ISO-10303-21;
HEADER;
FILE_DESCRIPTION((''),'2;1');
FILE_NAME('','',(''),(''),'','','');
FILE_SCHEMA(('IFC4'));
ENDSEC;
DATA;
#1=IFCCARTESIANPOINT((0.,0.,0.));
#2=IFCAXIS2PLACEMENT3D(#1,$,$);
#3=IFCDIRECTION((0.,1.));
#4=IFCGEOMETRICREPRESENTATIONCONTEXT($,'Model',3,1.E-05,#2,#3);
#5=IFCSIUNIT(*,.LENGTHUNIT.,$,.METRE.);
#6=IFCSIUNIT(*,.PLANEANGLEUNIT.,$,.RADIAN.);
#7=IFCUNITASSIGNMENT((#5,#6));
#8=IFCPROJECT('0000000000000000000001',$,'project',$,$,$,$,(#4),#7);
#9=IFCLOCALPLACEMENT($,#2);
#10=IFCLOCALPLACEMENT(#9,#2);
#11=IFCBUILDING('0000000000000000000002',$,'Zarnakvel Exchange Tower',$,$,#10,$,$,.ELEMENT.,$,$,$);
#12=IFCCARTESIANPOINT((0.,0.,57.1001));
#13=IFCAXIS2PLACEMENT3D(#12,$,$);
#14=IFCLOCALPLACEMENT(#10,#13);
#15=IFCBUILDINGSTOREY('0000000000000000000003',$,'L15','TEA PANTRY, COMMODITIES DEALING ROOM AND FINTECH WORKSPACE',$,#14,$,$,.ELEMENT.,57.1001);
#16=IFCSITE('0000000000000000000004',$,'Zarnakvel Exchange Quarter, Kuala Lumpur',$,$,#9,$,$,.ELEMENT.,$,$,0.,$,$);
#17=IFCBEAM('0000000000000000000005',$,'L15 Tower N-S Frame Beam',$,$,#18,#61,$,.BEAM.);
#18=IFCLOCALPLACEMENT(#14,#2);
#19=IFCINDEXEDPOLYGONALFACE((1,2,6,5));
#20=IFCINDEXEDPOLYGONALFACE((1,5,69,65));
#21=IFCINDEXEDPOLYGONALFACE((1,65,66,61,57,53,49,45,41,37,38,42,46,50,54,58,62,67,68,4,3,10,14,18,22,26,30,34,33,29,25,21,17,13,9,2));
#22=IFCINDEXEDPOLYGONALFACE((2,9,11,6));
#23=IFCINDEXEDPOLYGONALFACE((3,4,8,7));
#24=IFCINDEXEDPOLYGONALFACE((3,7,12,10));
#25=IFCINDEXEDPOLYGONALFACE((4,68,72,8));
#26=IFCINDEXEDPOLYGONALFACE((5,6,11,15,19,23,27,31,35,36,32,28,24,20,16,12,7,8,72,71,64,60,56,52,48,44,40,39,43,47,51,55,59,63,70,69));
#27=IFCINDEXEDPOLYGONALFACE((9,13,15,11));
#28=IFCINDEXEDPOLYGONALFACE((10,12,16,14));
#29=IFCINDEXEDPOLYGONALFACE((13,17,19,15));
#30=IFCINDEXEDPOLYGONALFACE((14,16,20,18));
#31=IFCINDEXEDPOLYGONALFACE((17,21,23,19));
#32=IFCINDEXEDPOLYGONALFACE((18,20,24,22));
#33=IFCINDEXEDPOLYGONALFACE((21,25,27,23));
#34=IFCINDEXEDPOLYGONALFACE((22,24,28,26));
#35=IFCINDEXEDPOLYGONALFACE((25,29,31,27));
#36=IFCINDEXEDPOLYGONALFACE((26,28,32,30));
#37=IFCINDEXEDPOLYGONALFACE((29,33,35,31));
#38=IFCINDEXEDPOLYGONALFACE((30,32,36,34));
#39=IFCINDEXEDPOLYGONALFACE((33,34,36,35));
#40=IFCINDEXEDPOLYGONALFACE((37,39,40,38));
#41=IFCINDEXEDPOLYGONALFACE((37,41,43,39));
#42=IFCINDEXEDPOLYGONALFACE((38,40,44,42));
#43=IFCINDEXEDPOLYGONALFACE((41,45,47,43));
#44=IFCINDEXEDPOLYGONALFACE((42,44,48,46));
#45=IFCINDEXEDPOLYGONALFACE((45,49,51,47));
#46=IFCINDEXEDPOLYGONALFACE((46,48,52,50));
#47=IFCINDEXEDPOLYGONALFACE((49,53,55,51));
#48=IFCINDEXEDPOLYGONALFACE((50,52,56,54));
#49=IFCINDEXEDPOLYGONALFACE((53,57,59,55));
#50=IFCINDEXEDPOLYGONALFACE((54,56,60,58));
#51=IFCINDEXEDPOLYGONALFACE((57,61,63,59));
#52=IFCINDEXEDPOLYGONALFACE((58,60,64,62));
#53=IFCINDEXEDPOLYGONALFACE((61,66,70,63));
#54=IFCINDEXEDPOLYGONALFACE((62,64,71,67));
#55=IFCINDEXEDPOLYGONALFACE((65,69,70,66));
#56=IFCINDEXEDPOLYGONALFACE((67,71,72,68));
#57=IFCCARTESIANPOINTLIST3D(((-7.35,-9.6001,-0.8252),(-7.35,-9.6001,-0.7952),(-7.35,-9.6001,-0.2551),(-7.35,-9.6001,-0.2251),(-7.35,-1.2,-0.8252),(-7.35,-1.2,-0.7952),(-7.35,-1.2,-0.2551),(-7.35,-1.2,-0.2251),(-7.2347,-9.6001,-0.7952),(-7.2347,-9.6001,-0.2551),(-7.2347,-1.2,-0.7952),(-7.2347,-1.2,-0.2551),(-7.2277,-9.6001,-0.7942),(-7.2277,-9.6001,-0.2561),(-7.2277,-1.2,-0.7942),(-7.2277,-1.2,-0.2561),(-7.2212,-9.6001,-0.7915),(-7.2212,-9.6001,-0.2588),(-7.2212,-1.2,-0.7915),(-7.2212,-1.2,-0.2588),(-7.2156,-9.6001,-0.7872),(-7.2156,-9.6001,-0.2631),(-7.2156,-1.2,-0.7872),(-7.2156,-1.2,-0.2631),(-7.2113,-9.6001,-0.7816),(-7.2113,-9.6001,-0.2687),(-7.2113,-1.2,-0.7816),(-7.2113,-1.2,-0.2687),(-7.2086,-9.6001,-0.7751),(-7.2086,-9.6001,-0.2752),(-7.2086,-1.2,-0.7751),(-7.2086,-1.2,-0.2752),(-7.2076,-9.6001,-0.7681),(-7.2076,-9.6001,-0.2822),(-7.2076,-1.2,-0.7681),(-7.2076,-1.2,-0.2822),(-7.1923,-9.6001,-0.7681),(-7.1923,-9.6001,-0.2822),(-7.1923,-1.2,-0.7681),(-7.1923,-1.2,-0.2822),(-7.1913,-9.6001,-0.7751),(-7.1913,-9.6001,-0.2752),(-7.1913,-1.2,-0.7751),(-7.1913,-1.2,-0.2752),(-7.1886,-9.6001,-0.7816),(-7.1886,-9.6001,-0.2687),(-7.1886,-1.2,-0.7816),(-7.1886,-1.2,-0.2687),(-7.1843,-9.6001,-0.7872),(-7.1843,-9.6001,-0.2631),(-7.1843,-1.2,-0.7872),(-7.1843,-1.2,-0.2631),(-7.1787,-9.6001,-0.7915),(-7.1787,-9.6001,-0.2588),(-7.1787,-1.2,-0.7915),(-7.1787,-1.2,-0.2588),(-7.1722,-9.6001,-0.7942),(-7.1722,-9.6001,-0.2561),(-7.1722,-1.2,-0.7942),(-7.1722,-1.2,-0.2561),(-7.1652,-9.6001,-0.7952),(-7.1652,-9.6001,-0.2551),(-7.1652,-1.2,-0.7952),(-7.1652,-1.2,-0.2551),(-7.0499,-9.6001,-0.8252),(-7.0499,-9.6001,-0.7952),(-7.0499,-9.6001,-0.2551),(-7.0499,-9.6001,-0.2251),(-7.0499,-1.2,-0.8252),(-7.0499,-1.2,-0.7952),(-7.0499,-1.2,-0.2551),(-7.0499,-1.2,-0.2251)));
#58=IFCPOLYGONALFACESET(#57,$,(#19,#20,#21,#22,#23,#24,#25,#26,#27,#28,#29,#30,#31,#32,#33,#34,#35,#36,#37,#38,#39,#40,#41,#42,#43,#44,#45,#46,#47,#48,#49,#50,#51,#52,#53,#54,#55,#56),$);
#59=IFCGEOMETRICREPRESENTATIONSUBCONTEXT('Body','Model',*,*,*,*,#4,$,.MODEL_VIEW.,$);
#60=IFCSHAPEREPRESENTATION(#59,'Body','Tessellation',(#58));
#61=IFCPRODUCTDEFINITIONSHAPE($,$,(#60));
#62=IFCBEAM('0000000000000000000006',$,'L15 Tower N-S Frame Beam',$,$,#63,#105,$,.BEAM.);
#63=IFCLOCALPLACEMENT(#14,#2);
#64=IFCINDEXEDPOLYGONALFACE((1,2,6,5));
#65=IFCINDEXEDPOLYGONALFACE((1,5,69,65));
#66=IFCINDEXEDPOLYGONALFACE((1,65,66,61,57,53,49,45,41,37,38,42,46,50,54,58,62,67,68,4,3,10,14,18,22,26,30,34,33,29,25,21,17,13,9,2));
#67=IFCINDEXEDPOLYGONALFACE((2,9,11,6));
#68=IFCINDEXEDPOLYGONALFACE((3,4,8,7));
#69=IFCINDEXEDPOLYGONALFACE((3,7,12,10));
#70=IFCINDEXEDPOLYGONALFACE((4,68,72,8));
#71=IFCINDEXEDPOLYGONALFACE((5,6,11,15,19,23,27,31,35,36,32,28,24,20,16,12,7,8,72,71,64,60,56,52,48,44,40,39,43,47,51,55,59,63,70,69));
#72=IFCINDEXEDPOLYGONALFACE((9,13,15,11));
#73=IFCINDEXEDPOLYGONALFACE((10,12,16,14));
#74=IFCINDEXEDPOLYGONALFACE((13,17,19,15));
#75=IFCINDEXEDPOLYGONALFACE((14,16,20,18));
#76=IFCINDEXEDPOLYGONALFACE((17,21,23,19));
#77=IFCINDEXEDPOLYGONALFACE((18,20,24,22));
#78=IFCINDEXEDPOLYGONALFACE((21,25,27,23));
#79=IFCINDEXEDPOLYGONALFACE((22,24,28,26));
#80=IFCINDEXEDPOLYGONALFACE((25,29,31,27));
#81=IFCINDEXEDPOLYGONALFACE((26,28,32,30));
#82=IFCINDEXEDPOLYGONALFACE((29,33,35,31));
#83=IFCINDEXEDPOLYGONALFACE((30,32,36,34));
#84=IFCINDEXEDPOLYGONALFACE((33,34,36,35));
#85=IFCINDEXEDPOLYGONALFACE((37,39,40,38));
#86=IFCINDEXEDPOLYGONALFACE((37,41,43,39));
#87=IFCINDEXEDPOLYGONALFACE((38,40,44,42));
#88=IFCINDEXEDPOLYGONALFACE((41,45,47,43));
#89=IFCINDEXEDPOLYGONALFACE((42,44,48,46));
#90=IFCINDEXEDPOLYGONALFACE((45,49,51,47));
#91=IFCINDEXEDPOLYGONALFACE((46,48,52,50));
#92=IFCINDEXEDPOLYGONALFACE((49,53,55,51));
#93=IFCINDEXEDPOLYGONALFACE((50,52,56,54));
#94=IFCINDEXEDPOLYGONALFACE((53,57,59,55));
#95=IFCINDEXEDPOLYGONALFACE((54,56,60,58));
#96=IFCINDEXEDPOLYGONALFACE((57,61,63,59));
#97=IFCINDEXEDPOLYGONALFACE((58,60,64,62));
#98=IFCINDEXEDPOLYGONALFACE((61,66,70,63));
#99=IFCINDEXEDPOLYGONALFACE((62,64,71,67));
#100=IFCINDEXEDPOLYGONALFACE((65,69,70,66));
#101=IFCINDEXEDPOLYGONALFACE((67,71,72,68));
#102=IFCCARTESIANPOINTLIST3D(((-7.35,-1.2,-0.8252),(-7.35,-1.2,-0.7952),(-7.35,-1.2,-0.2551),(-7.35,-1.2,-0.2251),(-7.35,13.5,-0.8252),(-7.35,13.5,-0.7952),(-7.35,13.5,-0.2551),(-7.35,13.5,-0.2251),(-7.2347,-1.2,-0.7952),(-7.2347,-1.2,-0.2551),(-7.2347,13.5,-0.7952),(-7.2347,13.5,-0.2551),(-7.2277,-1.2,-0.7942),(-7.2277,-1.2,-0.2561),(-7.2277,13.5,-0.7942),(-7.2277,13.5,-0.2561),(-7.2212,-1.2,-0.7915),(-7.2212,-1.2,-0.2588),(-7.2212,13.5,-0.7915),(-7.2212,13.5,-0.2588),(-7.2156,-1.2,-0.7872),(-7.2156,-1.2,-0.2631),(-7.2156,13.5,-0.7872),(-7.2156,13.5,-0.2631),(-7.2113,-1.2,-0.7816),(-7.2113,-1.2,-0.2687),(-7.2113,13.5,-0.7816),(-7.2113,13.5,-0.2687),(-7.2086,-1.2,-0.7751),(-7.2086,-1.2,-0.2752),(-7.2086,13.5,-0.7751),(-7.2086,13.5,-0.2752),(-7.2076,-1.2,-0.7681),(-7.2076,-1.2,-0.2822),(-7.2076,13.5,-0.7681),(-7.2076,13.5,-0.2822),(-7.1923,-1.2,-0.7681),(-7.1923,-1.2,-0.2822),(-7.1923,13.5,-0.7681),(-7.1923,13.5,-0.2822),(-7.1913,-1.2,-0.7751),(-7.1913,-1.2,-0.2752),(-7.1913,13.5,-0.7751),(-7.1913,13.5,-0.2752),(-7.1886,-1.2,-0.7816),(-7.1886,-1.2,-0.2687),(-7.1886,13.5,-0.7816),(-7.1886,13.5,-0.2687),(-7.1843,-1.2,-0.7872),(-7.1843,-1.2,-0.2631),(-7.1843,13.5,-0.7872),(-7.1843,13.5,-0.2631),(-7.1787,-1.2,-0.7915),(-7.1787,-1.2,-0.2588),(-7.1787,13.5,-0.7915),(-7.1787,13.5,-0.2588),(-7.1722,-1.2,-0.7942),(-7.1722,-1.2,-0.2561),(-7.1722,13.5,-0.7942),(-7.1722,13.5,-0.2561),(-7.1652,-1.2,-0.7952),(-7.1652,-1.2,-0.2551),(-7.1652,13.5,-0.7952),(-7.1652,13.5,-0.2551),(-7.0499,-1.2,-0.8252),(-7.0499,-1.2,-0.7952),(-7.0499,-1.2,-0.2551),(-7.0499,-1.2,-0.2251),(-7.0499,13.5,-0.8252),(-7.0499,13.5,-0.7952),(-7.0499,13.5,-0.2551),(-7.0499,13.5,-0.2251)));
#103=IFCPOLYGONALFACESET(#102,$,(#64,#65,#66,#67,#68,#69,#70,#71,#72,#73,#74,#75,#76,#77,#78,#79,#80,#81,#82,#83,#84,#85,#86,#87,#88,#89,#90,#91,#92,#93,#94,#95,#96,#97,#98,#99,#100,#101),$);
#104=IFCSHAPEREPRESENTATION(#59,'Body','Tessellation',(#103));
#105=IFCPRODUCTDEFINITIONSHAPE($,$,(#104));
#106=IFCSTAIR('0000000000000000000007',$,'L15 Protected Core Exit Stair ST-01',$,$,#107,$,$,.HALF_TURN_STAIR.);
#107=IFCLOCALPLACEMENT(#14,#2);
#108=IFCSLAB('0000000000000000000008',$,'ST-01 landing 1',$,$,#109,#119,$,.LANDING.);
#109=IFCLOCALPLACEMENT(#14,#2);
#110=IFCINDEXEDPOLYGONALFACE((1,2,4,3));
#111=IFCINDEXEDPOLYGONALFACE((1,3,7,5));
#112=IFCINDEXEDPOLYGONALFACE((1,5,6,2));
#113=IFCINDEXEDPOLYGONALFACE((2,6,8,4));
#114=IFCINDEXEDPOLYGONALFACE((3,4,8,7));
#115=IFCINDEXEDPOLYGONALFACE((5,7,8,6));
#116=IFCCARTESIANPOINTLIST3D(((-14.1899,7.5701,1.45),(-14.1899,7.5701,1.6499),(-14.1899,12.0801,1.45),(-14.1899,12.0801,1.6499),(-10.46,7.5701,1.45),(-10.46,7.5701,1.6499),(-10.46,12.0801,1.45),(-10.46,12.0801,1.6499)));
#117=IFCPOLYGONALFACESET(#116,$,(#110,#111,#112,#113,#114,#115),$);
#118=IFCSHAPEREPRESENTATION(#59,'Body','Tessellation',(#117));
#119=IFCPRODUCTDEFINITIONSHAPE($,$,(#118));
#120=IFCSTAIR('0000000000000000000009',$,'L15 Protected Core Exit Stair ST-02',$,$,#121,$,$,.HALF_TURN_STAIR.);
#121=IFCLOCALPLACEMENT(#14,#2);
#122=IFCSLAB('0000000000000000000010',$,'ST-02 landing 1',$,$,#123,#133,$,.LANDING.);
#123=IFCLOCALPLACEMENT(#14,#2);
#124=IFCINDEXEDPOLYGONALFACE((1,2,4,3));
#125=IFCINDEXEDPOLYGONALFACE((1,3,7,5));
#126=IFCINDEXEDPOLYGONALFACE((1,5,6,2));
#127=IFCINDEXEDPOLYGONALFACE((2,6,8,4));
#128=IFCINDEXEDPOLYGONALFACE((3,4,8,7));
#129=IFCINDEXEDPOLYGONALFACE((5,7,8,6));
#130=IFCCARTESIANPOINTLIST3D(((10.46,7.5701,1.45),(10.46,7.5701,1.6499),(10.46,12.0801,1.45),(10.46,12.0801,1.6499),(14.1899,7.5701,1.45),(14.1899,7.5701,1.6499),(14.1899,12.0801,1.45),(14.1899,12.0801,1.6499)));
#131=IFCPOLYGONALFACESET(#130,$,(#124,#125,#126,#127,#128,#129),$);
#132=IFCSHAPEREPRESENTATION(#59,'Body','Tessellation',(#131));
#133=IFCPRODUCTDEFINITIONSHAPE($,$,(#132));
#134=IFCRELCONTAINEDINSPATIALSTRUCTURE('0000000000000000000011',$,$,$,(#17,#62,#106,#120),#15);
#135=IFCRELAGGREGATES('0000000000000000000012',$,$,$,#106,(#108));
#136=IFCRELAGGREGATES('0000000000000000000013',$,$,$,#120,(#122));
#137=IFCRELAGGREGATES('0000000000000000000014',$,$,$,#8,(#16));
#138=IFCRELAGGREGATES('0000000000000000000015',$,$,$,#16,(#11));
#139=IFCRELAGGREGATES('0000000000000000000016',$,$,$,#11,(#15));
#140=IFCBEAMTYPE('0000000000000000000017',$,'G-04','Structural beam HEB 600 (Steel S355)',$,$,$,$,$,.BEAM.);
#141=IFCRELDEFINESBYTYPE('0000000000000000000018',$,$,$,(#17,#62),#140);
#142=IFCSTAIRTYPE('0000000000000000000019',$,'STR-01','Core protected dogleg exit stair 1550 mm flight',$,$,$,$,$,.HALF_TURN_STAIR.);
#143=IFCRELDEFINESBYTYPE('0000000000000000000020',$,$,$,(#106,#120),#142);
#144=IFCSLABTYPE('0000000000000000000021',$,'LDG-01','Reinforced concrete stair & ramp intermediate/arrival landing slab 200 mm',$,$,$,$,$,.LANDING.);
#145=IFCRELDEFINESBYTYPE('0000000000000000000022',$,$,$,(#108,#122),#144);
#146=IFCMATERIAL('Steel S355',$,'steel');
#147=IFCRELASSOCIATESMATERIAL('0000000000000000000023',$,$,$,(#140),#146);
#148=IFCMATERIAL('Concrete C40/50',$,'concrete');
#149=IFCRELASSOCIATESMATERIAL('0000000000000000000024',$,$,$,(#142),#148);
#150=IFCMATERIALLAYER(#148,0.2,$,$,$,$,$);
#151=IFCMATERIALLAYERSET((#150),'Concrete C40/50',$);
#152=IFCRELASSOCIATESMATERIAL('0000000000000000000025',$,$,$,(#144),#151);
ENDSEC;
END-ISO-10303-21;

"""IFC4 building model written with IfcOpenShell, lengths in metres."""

from ifc_helpers import new_model, si_unit, direction, frame, origin, origin_2d, place, context, subcontext, project, spatial, polyline, i_section, outline, extrude, material, layer, layer_set, material_profile, profile_set, type_object, element, aggregate, save


model = new_model("IFC4")

# Units and contexts
model_context = context("Model", 3, precision=1e-05, world=origin(), true_north=direction((0.0, 1.0)))
body_context = subcontext(model_context, "Body", "Model", "MODEL_VIEW")
ifc_project = project(units=[si_unit("LENGTHUNIT", "METRE"), si_unit("PLANEANGLEUNIT", "RADIAN")], contexts=[model_context])

# Site, building, storey
site_placement = place(None, origin())
site = spatial("IfcSite", under=ifc_project, at=site_placement, Name="Zarnakvel Exchange Quarter, Kuala Lumpur", CompositionType="ELEMENT", RefElevation=0.0)
building_placement = place(site_placement, origin())
building = spatial("IfcBuilding", under=site, at=building_placement, Name="Zarnakvel Exchange Tower", CompositionType="ELEMENT")
storey_placement = place(building_placement, frame((0.0, 0.0, 57.1001)))
storey = spatial("IfcBuildingStorey", under=building, at=storey_placement, Name="L15", Description="TEA PANTRY, COMMODITIES DEALING ROOM AND FINTECH WORKSPACE", CompositionType="ELEMENT", Elevation=57.1001)

# Beams
ifc_material_1 = material(Name="Steel S355", Category="steel")
ifc_material_profile_1 = material_profile(ifc_material_1, i_section(OverallWidth=0.3, OverallDepth=0.6001, WebThickness=0.0154, FlangeThickness=0.03, FilletRadius=0.0271, at=origin_2d()))
ifc_profile_set_1 = profile_set([ifc_material_profile_1], Name="Steel S355")
beam_type_1 = type_object("IfcBeamType", Name="G-04", Description="Structural beam HEB 600 (Steel S355)", PredefinedType="BEAM", material=ifc_profile_set_1)
beam_1_placement = place(storey_placement, frame((-7.2, -9.6001, -0.5251), z_axis=(0.0, 1.0, 0.0), x_axis=(-1.0, 0.0, 0.0)))
element("IfcBeam", 1, at=beam_1_placement, inside=storey, type_object=beam_type_1, Name="L15 Tower N-S Frame Beam", PredefinedType="BEAM", context=body_context, shape_type="SweptSolid", body=[
    extrude(i_section(OverallWidth=0.3, OverallDepth=0.6001, WebThickness=0.0154, FlangeThickness=0.03, FilletRadius=0.0271, at=origin_2d()), origin(), (0.0, 0.0, 1.0), 8.4001),
])
beam_2_placement = place(storey_placement, frame((-7.2, -1.2, -0.5251), z_axis=(0.0, 1.0, 0.0), x_axis=(-1.0, 0.0, 0.0)))
element("IfcBeam", 2, at=beam_2_placement, inside=storey, type_object=beam_type_1, Name="L15 Tower N-S Frame Beam", PredefinedType="BEAM", context=body_context, shape_type="SweptSolid", body=[
    extrude(i_section(OverallWidth=0.3, OverallDepth=0.6001, WebThickness=0.0154, FlangeThickness=0.03, FilletRadius=0.0271, at=origin_2d()), origin(), (0.0, 0.0, 1.0), 14.7),
])

# Stairs, slabs
ifc_material_2 = material(Name="Concrete C40/50", Category="concrete")
stair_type = type_object("IfcStairType", Name="STR-01", Description="Core protected dogleg exit stair 1550 mm flight", PredefinedType="HALF_TURN_STAIR", material=ifc_material_2)
stair_1_placement = place(storey_placement, origin())
stair_1 = element("IfcStair", 3, at=stair_1_placement, inside=storey, type_object=stair_type, Name="L15 Protected Core Exit Stair ST-01", PredefinedType="HALF_TURN_STAIR")
ifc_layer_1 = layer(ifc_material_2, 0.2)
ifc_layer_set_1 = layer_set([ifc_layer_1], Name="Concrete C40/50")
slab_type_1 = type_object("IfcSlabType", Name="LDG-01", Description="Reinforced concrete stair & ramp intermediate/arrival landing slab 200 mm", PredefinedType="LANDING", material=ifc_layer_set_1)
slab_1_placement = place(storey_placement, frame((0.0, 0.0, 1.45)))
slab_1 = element("IfcSlab", 4, at=slab_1_placement, type_object=slab_type_1, Name="ST-01 landing 1", PredefinedType="LANDING", context=body_context, shape_type="SweptSolid", body=[
    extrude(outline(polyline([(-14.1899, 7.5701), (-10.46, 7.5701), (-10.46, 12.0801), (-14.1899, 12.0801), (-14.1899, 7.5701)])), origin(), (0.0, 0.0, 1.0), 0.2),
])
aggregate(stair_1, [slab_1])
stair_2_placement = place(storey_placement, origin())
stair_2 = element("IfcStair", 5, at=stair_2_placement, inside=storey, type_object=stair_type, Name="L15 Protected Core Exit Stair ST-02", PredefinedType="HALF_TURN_STAIR")
slab_2_placement = place(storey_placement, frame((0.0, 0.0, 1.45)))
slab_2 = element("IfcSlab", 6, at=slab_2_placement, type_object=slab_type_1, Name="ST-02 landing 1", PredefinedType="LANDING", context=body_context, shape_type="SweptSolid", body=[
    extrude(outline(polyline([(10.46, 7.5701), (14.1899, 7.5701), (14.1899, 12.0801), (10.46, 12.0801), (10.46, 7.5701)])), origin(), (0.0, 0.0, 1.0), 0.2),
])
aggregate(stair_2, [slab_2])

save(model, "model.ifc")
